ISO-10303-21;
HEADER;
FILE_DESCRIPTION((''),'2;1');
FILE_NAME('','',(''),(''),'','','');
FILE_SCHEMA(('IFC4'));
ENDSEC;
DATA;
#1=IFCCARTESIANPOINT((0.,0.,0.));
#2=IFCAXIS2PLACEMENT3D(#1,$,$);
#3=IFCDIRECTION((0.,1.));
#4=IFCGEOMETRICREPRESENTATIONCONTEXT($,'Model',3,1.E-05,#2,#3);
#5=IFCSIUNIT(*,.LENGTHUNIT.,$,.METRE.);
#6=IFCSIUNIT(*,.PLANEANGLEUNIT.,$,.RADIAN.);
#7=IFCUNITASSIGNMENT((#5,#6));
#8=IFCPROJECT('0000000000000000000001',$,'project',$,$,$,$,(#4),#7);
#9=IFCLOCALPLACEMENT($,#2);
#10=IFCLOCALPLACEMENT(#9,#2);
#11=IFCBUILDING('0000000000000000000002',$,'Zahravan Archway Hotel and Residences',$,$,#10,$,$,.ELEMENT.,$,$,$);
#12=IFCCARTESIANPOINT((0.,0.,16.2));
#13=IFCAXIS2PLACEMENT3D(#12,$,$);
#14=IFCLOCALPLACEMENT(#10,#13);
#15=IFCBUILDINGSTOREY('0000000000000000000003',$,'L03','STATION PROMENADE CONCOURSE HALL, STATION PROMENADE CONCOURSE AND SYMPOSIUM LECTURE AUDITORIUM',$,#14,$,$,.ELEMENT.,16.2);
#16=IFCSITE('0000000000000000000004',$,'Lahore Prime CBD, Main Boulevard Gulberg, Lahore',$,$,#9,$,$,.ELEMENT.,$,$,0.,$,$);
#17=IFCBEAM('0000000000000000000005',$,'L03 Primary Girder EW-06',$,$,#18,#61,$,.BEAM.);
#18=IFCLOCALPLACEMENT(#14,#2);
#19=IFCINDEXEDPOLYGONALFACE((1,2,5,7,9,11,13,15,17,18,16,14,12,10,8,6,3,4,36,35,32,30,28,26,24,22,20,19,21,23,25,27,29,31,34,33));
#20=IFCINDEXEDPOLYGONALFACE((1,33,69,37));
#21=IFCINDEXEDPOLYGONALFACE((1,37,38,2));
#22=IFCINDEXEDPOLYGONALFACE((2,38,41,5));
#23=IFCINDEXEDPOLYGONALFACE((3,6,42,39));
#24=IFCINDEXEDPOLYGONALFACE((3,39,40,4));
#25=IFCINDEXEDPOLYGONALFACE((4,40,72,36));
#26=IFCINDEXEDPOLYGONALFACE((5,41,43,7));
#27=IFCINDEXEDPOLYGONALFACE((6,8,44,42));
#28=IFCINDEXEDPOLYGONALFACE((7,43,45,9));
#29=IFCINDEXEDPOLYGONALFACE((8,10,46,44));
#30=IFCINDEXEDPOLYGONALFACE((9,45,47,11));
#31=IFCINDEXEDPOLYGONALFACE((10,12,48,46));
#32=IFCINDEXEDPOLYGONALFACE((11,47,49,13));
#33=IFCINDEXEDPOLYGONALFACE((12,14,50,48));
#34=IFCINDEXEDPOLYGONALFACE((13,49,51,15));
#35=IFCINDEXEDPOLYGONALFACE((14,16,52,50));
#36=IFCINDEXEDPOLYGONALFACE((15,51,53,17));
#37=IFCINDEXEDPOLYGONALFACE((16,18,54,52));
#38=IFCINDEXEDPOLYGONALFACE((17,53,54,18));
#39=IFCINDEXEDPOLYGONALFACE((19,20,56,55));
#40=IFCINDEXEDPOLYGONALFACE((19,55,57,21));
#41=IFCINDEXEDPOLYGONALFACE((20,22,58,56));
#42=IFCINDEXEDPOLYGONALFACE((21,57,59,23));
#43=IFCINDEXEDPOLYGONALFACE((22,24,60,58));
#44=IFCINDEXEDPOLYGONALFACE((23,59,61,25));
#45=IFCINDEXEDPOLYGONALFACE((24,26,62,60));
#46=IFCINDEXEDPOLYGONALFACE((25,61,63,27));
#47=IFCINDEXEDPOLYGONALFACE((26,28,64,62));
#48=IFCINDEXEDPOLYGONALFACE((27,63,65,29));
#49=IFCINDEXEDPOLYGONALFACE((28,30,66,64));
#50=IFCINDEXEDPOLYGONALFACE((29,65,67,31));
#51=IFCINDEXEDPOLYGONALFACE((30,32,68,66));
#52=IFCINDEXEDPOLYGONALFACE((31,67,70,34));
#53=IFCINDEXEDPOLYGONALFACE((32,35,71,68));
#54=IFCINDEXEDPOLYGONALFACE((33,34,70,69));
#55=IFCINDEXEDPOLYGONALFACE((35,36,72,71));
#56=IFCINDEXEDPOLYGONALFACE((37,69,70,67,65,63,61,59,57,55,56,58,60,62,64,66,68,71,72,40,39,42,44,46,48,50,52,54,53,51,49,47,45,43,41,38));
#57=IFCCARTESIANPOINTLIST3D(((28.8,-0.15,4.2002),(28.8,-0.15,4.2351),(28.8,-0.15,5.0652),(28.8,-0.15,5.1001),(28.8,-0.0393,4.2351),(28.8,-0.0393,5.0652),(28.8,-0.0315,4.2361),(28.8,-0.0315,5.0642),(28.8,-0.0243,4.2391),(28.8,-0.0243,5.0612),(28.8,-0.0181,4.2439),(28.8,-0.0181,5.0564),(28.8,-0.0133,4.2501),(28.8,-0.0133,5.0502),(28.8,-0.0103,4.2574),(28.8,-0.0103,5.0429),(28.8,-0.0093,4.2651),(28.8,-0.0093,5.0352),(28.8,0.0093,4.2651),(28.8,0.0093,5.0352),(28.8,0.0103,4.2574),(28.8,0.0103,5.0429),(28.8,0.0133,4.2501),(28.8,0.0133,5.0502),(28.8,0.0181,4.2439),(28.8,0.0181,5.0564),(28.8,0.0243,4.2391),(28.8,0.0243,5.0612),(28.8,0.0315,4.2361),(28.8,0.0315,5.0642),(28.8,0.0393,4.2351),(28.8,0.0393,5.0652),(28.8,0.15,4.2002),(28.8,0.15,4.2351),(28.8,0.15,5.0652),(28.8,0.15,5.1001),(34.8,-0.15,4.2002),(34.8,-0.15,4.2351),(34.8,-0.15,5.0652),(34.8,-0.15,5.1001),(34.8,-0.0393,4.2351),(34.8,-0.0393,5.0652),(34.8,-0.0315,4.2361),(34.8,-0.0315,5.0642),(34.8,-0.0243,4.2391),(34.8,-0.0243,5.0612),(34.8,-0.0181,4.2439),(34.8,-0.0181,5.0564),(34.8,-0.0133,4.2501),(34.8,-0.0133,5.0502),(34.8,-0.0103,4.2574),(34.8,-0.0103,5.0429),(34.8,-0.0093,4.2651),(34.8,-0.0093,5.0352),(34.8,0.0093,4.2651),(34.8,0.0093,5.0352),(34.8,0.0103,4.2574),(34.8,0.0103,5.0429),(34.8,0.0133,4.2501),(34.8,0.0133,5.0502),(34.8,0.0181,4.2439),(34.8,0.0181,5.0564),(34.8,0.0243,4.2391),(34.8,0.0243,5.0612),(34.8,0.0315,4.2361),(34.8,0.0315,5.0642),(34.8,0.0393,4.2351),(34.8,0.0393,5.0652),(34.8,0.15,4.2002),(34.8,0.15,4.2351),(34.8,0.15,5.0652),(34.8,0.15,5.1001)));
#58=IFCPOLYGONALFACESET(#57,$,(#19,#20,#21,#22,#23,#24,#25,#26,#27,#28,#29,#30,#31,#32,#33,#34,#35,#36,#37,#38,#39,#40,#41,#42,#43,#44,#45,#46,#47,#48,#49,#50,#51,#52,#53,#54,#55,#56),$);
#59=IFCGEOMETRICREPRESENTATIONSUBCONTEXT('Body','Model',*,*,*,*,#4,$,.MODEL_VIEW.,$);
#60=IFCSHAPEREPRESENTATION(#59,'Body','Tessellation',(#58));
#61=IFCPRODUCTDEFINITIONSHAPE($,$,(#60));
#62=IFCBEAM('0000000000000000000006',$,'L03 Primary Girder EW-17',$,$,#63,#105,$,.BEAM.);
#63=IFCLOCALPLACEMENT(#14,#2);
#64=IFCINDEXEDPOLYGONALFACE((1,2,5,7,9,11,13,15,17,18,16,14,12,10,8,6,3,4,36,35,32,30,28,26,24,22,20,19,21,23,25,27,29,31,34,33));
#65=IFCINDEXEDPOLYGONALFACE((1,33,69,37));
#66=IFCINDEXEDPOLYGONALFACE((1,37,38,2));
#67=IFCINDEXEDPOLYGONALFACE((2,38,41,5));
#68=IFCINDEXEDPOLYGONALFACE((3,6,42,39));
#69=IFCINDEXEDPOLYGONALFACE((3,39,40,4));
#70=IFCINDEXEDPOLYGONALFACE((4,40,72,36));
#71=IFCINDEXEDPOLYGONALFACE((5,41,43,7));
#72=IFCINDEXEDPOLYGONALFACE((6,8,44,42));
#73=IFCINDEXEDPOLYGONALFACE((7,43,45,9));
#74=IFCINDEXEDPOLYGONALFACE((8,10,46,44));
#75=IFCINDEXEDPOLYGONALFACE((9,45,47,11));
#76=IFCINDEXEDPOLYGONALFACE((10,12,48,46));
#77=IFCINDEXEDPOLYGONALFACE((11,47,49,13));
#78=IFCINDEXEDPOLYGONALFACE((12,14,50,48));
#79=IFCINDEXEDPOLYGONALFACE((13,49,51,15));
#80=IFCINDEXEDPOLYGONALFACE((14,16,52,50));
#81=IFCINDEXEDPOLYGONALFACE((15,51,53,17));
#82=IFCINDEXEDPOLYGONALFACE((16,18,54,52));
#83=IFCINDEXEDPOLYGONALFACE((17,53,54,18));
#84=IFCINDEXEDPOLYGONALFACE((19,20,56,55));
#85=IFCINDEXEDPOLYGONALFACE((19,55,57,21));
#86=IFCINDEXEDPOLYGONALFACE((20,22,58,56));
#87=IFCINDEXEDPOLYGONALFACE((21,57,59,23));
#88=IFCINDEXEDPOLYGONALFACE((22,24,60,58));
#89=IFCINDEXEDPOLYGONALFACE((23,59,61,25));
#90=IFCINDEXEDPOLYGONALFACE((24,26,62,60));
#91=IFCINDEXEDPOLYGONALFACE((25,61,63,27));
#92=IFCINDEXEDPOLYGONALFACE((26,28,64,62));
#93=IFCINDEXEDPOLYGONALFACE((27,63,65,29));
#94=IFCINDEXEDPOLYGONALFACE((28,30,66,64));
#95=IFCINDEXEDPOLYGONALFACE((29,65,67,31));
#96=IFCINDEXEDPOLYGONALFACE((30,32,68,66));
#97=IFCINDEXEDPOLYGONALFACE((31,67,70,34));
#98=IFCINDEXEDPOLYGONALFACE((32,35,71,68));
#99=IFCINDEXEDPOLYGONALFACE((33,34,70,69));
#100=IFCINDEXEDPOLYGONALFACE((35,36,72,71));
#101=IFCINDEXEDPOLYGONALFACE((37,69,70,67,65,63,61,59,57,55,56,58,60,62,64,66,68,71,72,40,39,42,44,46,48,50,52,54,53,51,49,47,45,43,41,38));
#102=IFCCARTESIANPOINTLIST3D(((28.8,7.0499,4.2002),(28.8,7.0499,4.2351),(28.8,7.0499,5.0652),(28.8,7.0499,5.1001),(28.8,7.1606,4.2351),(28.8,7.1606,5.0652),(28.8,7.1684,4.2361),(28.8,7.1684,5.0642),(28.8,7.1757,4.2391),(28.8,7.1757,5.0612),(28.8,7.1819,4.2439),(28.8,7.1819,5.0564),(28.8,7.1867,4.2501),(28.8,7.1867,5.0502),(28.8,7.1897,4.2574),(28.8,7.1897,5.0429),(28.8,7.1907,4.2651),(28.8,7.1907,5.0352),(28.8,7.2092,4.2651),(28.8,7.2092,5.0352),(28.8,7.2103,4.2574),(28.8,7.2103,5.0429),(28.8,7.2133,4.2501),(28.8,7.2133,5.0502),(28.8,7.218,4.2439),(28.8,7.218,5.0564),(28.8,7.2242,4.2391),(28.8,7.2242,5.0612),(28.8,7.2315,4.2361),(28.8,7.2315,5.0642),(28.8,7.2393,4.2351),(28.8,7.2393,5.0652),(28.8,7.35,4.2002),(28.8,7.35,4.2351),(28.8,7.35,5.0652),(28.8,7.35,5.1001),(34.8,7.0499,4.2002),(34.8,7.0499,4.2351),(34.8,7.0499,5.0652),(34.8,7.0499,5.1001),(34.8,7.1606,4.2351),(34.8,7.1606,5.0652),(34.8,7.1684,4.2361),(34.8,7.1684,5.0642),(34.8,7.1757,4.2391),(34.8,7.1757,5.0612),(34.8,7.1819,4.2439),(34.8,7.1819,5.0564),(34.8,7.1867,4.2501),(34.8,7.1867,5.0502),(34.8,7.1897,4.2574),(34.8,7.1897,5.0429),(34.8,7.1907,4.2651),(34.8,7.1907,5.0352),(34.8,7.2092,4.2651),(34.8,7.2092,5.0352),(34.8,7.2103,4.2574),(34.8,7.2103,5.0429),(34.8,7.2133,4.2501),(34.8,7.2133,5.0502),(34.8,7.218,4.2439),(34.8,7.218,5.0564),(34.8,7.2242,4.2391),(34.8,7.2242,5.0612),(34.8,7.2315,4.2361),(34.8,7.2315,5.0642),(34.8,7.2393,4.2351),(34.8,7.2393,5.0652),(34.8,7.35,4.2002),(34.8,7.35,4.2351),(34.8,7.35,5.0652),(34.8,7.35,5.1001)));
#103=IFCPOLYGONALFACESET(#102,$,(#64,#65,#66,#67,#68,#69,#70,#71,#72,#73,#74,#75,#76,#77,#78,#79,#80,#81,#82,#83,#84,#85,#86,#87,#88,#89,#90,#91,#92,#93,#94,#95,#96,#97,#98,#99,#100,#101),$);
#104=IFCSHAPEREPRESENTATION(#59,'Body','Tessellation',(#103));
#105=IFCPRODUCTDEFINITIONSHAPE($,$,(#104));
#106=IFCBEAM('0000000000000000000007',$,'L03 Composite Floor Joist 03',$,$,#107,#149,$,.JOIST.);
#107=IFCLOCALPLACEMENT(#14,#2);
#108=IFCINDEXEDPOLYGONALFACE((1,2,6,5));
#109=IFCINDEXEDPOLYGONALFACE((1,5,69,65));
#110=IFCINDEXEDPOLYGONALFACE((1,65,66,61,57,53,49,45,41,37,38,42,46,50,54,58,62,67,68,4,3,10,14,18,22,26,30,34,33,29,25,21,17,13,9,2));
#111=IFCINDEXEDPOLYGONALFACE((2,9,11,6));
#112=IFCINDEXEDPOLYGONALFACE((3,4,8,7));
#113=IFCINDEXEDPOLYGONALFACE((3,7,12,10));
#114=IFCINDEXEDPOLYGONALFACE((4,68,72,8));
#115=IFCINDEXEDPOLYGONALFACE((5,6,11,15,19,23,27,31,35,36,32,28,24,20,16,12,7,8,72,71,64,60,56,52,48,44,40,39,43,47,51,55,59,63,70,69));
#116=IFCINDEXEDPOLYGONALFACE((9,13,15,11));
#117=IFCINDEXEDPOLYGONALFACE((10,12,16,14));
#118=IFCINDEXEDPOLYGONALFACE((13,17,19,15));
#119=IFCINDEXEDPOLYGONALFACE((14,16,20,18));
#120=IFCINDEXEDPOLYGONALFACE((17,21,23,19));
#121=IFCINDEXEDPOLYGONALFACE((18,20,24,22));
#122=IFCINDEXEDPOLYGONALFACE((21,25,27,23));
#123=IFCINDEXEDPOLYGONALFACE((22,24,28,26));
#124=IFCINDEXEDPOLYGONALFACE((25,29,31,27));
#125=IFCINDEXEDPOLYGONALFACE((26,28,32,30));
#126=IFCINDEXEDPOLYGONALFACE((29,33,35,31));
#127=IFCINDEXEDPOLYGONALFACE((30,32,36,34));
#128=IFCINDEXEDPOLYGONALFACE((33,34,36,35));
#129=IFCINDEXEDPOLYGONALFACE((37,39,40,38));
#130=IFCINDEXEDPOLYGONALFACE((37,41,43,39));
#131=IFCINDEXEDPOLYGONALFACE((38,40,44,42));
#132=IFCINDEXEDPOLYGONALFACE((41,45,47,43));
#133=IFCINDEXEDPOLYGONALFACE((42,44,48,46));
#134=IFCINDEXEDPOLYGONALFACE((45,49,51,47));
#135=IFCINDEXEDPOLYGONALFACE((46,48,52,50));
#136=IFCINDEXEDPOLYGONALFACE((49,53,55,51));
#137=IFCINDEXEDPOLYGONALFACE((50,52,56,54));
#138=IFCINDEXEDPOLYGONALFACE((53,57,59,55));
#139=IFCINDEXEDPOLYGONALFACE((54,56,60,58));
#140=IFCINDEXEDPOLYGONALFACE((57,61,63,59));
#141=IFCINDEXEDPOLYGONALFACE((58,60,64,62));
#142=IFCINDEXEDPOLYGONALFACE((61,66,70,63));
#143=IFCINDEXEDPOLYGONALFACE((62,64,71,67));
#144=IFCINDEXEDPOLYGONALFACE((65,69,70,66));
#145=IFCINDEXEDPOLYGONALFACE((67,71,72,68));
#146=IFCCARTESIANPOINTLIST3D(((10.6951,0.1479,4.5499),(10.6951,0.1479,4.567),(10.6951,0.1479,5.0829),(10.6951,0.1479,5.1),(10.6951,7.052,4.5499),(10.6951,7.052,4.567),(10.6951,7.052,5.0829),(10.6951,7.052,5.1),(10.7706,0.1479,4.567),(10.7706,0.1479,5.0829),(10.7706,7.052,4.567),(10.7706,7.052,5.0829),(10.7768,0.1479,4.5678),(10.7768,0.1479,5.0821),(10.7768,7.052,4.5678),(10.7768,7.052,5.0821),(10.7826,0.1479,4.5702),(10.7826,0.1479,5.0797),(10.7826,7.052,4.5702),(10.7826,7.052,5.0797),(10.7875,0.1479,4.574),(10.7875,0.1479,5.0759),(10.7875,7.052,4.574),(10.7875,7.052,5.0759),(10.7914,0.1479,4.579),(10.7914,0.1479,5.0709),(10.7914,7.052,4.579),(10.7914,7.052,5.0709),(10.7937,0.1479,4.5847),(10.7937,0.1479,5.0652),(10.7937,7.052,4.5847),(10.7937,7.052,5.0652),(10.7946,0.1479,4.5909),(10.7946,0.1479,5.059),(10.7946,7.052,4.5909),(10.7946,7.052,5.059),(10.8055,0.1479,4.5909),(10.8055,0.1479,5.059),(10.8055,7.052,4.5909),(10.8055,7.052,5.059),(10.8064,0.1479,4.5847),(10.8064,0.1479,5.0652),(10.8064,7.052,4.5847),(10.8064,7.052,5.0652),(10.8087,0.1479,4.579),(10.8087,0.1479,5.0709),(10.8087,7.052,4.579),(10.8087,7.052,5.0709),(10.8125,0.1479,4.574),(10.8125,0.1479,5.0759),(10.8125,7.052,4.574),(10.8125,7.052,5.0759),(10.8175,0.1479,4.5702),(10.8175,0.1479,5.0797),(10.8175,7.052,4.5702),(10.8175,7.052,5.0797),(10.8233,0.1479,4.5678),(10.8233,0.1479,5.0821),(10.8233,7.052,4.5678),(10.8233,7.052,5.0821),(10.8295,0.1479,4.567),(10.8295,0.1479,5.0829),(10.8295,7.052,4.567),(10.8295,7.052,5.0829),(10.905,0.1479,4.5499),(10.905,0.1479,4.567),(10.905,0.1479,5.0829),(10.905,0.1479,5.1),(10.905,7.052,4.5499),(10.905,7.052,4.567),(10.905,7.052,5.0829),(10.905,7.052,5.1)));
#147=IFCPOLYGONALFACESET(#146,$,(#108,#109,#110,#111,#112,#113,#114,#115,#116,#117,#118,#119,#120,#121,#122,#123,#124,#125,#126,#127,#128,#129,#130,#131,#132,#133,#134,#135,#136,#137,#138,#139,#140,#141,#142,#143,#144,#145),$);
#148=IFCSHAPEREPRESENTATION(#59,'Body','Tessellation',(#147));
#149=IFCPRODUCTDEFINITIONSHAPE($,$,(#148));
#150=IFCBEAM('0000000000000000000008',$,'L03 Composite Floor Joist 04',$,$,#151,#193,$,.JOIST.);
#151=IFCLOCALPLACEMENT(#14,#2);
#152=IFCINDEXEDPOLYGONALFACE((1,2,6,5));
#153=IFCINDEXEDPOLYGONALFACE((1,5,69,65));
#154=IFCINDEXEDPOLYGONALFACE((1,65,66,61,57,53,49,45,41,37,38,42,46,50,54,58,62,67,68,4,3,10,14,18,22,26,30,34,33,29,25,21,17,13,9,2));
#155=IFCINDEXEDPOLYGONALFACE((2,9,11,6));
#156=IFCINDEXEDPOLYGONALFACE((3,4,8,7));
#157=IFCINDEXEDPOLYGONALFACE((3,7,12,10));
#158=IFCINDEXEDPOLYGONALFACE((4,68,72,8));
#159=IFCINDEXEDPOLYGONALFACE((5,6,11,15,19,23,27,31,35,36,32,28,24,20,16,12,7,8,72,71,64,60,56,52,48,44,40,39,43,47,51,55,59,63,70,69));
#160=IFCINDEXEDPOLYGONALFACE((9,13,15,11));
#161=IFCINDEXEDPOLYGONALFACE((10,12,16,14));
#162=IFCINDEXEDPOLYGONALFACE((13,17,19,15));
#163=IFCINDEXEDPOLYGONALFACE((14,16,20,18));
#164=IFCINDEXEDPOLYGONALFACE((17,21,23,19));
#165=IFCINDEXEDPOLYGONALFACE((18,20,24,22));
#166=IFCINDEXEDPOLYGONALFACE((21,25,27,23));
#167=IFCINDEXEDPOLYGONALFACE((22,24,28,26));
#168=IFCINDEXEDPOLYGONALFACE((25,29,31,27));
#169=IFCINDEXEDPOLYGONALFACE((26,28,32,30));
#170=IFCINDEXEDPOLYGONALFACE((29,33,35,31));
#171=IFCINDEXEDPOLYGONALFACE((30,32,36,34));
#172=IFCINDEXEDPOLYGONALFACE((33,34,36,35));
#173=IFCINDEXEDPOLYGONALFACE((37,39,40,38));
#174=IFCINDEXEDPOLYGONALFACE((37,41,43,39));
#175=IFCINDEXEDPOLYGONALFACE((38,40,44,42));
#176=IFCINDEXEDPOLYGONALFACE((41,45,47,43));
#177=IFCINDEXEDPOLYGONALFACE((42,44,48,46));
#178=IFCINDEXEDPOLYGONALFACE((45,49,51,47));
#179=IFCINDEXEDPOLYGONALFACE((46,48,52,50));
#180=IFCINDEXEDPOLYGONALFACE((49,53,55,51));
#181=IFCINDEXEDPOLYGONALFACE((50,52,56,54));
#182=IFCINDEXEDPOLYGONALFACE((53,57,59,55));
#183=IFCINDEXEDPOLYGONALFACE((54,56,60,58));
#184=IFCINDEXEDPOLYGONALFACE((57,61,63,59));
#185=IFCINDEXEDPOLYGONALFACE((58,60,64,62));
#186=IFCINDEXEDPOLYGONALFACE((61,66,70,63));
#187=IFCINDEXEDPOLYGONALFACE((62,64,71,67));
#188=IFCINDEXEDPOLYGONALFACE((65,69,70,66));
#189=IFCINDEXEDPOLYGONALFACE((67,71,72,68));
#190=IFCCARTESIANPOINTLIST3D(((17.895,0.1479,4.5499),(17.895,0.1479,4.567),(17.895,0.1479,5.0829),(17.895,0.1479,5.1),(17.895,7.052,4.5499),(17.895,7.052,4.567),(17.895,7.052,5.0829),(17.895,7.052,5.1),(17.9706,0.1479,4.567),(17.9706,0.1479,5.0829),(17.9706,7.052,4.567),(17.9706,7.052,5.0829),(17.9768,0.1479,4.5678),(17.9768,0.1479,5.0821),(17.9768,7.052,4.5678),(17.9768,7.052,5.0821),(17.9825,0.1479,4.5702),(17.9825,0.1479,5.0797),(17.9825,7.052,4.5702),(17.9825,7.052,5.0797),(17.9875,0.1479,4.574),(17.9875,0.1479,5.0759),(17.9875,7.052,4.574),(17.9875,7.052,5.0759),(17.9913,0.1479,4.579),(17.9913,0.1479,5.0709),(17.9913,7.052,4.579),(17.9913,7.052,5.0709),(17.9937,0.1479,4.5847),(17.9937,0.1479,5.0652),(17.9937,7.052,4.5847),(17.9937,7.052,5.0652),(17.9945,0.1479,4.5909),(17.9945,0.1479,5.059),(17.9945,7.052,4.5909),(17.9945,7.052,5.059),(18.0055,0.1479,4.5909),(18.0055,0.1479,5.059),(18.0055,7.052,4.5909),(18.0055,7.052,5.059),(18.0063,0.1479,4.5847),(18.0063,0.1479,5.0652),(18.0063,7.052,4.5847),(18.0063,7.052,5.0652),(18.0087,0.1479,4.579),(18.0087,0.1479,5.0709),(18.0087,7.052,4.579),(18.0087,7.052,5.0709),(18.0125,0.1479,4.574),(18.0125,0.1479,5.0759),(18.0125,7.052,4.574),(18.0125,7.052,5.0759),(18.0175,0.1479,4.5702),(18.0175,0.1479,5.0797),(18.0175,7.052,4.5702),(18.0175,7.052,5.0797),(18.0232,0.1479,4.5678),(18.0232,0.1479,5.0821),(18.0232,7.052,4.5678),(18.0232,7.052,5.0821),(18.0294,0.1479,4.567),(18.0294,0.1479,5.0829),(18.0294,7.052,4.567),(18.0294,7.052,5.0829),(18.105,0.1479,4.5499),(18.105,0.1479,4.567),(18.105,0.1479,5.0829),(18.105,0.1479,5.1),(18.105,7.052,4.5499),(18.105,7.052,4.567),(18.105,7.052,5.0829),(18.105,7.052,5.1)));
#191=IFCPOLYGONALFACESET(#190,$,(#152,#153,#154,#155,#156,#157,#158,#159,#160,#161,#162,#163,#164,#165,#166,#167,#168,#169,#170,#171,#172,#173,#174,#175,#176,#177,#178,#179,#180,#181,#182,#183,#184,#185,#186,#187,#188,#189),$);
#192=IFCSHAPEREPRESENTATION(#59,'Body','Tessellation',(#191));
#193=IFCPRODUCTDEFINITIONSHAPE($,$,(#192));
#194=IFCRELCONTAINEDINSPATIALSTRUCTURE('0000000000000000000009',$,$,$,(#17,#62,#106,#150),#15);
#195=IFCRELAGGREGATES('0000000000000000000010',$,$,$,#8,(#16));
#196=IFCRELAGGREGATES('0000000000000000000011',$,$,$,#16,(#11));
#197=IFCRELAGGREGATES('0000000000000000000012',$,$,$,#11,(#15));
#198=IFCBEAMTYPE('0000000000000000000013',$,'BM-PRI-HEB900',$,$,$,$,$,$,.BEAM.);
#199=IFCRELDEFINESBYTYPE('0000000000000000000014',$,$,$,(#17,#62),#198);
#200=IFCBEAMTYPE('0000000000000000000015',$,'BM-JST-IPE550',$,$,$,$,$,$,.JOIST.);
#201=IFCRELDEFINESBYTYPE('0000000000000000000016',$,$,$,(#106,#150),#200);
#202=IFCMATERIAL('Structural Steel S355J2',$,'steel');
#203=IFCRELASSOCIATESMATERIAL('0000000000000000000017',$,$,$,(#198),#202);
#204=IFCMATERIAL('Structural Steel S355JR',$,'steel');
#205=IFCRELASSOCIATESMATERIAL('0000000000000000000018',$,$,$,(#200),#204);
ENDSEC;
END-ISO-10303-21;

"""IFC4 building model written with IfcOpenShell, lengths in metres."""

from ifc_helpers import new_model, si_unit, direction, frame, origin, origin_2d, place, context, subcontext, project, spatial, i_section, extrude, source, transform, mapped, material, material_profile, profile_set, type_object, type_shapes, element, save


model = new_model("IFC4")

# Units and contexts
model_context = context("Model", 3, precision=1e-05, world=origin(), true_north=direction((0.0, 1.0)))
body_context = subcontext(model_context, "Body", "Model", "MODEL_VIEW")
ifc_project = project(units=[si_unit("LENGTHUNIT", "METRE"), si_unit("PLANEANGLEUNIT", "RADIAN")], contexts=[model_context])

# Site, building, storey
site_placement = place(None, origin())
site = spatial("IfcSite", under=ifc_project, at=site_placement, Name="Lahore Prime CBD, Main Boulevard Gulberg, Lahore", CompositionType="ELEMENT", RefElevation=0.0)
building_placement = place(site_placement, origin())
building = spatial("IfcBuilding", under=site, at=building_placement, Name="Zahravan Archway Hotel and Residences", CompositionType="ELEMENT")
storey_placement = place(building_placement, frame((0.0, 0.0, 16.2)))
storey = spatial("IfcBuildingStorey", under=building, at=storey_placement, Name="L03", Description="STATION PROMENADE CONCOURSE HALL, STATION PROMENADE CONCOURSE AND SYMPOSIUM LECTURE AUDITORIUM", CompositionType="ELEMENT", Elevation=16.2)

# Beams
ifc_material_1 = material(Name="Structural Steel S355J2", Category="steel")
ifc_material_profile_1 = material_profile(ifc_material_1, i_section(OverallWidth=0.3, OverallDepth=0.8999, WebThickness=0.0186, FlangeThickness=0.0349, FilletRadius=0.03, at=origin_2d()), Name="HEB 900", Category="steel")
ifc_profile_set_1 = profile_set([ifc_material_profile_1], Name="Structural Steel S355J2")
beam_type_1 = type_object("IfcBeamType", Name="BM-PRI-HEB900", PredefinedType="BEAM", material=ifc_profile_set_1)
shared_shape_1 = source(origin(), body_context, "Body", "SweptSolid", [
    extrude(i_section(OverallWidth=0.3, OverallDepth=0.8999, WebThickness=0.0186, FlangeThickness=0.0349, FilletRadius=0.03, at=origin_2d()), origin(), (0.0, 0.0, 1.0), 6.0),
])
for number, where, z_axis, x_axis, name in (
    (1, (28.8, 0.0, 4.6501), (1.0, 0.0, 0.0), (0.0, 1.0, 0.0), "L03 Primary Girder EW-06"),
    (2, (28.8, 7.2, 4.6501), (1.0, 0.0, 0.0), (0.0, 1.0, 0.0), "L03 Primary Girder EW-17"),
):
    element("IfcBeam", number, at=place(storey_placement, frame(where, z_axis=z_axis, x_axis=x_axis)), inside=storey, type_object=beam_type_1, Name=name, PredefinedType="BEAM", context=body_context, shape_type="MappedRepresentation", body=[
        mapped(shared_shape_1, transform((0.0, 0.0, 0.0), scale=1.0)),
    ])
ifc_material_2 = material(Name="Structural Steel S355JR", Category="steel")
ifc_material_profile_2 = material_profile(ifc_material_2, i_section(OverallWidth=0.21, OverallDepth=0.55, WebThickness=0.011, FlangeThickness=0.0171, FilletRadius=0.0239, at=origin_2d()), Name="IPE 550", Category="steel")
ifc_profile_set_2 = profile_set([ifc_material_profile_2], Name="Structural Steel S355JR")
beam_type_2 = type_object("IfcBeamType", Name="BM-JST-IPE550", PredefinedType="JOIST", material=ifc_profile_set_2)
shared_shape_2 = source(origin(), body_context, "Body", "SweptSolid", [
    extrude(i_section(OverallWidth=0.21, OverallDepth=0.55, WebThickness=0.011, FlangeThickness=0.0171, FilletRadius=0.0239, at=origin_2d()), origin(), (0.0, 0.0, 1.0), 6.9041),
])
type_shapes(beam_type_2, [shared_shape_2])
for number, where, z_axis, x_axis, name in (
    (3, (10.8, 0.1479, 4.825), (0.0, 1.0, 0.0), (-1.0, 0.0, 0.0), "L03 Composite Floor Joist 03"),
    (4, (18.0, 0.1479, 4.825), (0.0, 1.0, 0.0), (-1.0, 0.0, 0.0), "L03 Composite Floor Joist 04"),
):
    element("IfcBeam", number, at=place(storey_placement, frame(where, z_axis=z_axis, x_axis=x_axis)), inside=storey, type_object=beam_type_2, Name=name, PredefinedType="JOIST", context=body_context, shape_type="MappedRepresentation", body=[
        mapped(shared_shape_2, transform((0.0, 0.0, 0.0), scale=1.0)),
    ])

save(model, "model.ifc")
